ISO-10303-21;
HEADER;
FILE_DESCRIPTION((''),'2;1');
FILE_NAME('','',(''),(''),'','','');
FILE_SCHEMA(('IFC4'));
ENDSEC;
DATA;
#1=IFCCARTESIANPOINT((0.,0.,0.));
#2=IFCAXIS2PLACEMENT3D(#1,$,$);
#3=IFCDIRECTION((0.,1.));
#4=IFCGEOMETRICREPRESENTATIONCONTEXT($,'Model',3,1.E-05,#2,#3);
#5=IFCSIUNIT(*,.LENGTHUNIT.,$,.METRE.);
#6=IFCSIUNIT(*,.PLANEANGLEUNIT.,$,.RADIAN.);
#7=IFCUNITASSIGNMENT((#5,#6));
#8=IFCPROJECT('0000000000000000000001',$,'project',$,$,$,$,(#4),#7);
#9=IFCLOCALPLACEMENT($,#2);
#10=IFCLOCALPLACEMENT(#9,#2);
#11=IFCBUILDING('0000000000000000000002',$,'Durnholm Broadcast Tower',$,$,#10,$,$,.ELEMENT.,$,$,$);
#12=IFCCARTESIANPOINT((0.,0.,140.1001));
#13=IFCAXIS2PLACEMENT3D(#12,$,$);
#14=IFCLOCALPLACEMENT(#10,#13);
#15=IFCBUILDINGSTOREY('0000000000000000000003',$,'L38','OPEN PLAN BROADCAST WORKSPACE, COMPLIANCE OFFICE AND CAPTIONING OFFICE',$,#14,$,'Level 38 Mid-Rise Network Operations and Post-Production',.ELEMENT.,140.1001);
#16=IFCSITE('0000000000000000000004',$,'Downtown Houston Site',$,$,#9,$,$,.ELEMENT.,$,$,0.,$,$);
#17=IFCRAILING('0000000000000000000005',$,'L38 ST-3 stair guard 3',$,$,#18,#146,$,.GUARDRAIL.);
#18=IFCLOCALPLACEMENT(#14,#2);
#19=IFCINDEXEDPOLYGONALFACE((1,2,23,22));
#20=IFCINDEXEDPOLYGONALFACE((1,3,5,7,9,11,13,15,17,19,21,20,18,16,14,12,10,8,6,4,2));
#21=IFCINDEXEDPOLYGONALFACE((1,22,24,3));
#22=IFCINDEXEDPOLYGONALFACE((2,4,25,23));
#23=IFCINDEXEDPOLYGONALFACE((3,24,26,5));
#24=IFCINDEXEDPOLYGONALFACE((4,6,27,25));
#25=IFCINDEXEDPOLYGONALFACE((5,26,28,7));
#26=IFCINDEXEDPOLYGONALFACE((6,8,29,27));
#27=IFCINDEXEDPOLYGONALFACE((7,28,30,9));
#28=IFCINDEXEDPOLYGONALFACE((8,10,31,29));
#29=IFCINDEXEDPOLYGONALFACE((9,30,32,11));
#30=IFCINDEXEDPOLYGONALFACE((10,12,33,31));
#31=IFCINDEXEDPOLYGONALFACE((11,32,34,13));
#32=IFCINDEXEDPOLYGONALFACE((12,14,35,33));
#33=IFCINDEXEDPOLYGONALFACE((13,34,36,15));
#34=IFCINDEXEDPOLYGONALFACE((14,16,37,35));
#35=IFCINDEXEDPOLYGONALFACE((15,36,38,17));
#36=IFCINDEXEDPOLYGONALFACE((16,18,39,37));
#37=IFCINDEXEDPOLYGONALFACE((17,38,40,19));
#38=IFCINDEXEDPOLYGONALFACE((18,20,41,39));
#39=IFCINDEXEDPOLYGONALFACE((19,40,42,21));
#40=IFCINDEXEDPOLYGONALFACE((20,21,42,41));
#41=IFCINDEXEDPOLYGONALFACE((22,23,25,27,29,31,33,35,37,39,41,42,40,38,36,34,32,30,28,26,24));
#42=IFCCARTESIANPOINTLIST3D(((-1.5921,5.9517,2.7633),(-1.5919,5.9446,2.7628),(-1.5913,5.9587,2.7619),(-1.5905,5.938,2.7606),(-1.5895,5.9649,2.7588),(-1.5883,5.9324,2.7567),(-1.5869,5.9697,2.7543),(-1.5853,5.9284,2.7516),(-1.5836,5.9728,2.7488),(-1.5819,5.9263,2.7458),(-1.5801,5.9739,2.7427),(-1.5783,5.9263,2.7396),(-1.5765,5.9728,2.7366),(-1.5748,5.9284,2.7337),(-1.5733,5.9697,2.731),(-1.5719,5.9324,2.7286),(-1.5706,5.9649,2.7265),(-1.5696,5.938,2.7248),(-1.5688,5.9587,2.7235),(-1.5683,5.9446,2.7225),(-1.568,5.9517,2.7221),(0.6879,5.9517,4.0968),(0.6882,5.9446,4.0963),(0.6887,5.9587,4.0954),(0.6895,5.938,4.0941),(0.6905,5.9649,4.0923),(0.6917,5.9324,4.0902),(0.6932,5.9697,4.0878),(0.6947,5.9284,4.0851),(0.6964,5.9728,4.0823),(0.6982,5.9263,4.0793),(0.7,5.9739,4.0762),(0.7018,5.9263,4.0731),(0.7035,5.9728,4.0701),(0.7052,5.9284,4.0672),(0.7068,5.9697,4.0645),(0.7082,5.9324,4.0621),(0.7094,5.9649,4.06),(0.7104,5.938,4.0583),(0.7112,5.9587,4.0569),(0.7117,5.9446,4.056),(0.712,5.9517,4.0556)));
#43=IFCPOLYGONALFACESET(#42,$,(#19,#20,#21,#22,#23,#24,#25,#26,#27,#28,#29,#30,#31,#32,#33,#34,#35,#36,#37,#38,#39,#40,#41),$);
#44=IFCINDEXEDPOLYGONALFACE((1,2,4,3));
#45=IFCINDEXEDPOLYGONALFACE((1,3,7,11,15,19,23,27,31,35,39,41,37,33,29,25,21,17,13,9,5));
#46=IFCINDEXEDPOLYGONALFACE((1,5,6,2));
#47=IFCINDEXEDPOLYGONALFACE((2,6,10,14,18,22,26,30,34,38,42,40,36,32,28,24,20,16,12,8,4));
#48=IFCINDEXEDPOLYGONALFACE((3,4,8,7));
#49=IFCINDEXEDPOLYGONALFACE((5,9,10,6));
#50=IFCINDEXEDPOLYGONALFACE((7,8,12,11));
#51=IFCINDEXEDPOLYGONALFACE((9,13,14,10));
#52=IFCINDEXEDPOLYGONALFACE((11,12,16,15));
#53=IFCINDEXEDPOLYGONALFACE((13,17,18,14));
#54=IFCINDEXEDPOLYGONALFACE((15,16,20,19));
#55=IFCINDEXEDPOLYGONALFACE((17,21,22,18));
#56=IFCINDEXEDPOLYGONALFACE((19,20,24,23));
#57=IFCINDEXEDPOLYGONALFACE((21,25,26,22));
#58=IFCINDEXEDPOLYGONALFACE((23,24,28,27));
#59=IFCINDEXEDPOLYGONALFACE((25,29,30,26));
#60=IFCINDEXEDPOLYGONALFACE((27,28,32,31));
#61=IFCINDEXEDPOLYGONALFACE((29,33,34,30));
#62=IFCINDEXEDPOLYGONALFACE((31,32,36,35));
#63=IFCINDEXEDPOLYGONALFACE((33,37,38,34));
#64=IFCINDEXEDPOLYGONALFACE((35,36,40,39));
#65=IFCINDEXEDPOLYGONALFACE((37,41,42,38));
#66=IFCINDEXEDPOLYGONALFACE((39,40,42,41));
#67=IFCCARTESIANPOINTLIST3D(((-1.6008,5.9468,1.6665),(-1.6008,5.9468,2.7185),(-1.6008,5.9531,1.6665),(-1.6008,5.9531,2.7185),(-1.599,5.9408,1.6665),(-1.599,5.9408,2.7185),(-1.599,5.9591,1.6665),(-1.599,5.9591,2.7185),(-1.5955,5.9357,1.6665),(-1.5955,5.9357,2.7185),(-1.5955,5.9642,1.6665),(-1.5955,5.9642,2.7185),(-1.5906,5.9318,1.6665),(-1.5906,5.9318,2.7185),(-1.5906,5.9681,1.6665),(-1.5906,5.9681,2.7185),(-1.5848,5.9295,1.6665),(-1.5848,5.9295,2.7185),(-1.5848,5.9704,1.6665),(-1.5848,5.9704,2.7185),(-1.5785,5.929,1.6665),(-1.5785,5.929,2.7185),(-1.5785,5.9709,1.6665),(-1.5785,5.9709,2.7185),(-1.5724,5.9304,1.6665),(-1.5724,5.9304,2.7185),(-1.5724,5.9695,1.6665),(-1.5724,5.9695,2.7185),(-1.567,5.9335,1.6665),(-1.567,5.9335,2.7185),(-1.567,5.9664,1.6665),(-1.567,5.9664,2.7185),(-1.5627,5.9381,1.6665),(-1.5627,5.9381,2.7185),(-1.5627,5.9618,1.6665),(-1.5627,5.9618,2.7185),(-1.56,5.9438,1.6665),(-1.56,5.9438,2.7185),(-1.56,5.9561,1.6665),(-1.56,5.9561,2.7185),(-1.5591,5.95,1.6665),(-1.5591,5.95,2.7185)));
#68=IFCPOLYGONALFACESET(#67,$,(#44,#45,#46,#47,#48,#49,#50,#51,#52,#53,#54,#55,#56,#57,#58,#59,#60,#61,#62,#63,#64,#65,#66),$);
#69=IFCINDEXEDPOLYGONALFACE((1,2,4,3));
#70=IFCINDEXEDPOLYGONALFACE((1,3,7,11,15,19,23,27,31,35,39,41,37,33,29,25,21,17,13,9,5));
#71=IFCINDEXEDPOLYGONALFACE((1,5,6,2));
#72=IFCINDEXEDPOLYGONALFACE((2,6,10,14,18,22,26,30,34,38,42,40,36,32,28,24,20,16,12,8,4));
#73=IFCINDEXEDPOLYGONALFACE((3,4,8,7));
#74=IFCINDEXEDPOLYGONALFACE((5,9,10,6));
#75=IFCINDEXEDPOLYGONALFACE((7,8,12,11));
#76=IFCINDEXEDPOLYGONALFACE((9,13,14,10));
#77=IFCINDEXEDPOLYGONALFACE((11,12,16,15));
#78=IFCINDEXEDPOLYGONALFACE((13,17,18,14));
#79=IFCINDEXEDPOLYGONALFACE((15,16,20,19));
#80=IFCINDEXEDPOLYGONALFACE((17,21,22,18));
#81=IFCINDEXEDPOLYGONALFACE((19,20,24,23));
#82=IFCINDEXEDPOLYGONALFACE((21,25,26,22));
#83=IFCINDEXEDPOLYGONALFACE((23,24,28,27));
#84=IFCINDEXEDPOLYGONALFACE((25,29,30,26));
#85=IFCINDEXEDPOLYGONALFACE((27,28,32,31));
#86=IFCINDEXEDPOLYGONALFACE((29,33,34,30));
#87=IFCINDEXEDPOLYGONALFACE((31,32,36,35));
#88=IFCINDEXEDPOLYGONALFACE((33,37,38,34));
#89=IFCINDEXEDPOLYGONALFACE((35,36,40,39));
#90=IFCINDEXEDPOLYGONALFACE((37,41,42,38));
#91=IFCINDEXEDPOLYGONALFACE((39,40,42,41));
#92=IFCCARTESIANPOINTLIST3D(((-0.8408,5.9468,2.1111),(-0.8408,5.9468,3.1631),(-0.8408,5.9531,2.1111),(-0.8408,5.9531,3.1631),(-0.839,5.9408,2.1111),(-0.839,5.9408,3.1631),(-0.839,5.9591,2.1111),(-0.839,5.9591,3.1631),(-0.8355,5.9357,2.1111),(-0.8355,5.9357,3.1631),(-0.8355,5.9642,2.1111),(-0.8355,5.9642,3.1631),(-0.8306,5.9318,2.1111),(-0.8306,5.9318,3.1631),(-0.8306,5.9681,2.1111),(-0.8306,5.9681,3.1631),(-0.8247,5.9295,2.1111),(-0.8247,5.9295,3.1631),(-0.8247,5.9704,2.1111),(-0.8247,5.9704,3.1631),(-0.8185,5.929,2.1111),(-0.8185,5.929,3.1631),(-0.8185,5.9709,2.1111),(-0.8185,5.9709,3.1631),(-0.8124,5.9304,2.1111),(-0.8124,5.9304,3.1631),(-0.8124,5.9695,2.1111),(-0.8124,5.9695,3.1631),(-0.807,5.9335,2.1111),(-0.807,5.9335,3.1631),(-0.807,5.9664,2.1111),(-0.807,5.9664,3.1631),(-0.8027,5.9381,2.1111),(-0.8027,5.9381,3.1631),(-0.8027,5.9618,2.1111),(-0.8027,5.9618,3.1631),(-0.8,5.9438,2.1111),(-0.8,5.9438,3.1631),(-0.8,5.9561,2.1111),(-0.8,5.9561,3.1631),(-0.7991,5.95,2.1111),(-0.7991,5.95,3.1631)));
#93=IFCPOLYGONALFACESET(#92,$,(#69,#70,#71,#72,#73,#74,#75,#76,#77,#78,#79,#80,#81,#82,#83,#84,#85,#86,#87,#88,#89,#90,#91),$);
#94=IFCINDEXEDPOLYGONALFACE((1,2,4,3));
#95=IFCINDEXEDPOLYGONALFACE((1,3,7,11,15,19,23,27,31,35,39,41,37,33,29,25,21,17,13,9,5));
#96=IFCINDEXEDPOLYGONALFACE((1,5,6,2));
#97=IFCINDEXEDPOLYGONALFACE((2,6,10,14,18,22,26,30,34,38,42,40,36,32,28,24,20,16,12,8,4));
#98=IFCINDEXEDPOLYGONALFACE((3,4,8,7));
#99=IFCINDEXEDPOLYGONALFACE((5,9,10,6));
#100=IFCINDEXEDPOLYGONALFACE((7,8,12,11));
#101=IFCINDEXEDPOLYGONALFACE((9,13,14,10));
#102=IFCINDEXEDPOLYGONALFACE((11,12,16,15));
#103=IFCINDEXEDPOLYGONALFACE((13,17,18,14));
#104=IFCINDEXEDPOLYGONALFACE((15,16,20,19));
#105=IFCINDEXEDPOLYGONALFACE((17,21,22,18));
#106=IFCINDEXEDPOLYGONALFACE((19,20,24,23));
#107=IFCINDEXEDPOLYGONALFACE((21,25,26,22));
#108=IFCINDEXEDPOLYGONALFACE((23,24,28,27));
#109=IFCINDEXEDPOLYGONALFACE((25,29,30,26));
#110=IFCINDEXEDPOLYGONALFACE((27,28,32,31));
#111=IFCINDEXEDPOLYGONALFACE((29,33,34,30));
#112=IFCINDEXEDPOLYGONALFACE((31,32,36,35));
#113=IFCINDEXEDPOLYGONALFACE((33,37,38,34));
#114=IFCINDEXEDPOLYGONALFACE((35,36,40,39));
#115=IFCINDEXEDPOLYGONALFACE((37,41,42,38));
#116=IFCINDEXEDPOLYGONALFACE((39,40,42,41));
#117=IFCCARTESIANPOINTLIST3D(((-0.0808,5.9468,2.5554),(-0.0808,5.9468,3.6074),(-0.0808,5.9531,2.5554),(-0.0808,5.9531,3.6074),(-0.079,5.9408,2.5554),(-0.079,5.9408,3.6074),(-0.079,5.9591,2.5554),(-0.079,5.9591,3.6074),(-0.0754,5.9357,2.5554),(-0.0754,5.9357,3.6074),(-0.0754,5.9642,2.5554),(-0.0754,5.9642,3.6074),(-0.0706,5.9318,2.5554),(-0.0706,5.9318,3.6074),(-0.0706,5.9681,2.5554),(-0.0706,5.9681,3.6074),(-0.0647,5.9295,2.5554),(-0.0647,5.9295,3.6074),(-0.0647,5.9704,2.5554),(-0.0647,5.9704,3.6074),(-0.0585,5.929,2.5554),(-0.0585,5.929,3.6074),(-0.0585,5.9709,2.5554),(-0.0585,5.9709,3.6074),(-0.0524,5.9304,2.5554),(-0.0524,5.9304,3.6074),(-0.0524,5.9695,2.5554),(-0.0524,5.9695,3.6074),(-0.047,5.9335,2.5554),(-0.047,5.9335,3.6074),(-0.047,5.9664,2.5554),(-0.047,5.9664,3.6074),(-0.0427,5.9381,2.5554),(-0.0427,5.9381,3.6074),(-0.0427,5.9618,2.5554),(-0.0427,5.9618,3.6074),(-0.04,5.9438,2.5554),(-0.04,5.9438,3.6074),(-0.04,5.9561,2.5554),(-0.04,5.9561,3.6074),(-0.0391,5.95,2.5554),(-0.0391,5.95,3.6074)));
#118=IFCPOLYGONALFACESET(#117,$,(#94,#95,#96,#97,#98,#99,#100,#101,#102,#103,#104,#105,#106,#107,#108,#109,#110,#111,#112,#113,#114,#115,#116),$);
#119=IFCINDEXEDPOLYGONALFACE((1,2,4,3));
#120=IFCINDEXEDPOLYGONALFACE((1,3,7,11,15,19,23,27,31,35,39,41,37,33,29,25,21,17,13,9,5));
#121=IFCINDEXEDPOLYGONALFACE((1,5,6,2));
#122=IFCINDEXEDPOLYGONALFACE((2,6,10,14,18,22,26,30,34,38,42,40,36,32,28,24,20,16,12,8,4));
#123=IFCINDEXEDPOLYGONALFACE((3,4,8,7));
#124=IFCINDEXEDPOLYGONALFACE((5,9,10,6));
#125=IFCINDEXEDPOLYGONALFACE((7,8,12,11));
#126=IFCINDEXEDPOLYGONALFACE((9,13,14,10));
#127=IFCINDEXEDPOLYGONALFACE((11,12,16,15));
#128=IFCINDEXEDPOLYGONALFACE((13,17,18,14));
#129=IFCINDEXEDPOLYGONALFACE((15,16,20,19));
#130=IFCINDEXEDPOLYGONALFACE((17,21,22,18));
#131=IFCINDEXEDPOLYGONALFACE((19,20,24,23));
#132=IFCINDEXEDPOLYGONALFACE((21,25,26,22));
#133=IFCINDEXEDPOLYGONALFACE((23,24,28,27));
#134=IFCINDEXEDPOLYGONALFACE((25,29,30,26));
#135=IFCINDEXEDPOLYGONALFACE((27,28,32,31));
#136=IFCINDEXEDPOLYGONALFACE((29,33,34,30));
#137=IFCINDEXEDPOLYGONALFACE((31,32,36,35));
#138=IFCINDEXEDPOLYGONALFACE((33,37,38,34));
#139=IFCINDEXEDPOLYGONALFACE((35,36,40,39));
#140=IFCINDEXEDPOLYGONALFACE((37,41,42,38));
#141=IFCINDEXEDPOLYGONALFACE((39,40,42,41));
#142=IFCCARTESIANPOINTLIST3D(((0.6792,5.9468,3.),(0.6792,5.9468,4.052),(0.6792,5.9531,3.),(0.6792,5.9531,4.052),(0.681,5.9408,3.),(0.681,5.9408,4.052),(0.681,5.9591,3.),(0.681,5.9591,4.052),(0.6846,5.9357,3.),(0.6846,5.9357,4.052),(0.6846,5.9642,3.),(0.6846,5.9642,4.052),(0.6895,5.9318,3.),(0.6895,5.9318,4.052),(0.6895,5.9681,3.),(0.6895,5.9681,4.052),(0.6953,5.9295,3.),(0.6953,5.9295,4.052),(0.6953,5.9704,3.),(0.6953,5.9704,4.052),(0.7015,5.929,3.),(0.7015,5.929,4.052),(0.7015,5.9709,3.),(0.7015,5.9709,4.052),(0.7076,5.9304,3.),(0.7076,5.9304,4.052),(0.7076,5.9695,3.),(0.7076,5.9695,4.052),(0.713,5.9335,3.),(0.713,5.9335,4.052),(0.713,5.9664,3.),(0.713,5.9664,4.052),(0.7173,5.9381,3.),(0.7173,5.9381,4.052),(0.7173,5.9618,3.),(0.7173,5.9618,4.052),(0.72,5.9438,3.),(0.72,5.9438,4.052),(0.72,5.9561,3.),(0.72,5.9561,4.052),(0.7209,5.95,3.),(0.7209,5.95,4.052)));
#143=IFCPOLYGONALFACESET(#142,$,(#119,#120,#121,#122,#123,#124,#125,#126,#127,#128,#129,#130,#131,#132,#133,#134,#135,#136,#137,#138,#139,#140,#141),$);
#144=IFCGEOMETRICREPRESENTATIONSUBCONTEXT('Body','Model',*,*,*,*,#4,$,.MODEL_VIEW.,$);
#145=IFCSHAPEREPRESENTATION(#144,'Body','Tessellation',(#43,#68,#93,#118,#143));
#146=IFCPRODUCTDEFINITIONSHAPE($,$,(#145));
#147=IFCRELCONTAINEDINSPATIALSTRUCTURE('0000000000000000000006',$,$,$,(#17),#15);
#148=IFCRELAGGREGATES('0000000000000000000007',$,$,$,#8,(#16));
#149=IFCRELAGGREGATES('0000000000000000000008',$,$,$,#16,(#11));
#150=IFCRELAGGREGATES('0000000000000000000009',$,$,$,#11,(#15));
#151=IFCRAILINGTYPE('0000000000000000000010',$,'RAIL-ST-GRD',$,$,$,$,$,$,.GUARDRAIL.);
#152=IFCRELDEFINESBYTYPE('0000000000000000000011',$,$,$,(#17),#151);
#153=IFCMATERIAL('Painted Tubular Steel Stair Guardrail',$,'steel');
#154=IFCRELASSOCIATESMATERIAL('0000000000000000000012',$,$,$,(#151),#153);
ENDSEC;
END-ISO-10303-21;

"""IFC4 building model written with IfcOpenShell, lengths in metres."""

from ifc_helpers import new_model, si_unit, direction, frame, origin, origin_2d, place, context, subcontext, project, spatial, circle, extrude, material, type_object, element, save


model = new_model("IFC4")

# Units and contexts
model_context = context("Model", 3, precision=1e-05, world=origin(), true_north=direction((0.0, 1.0)))
body_context = subcontext(model_context, "Body", "Model", "MODEL_VIEW")
ifc_project = project(units=[si_unit("LENGTHUNIT", "METRE"), si_unit("PLANEANGLEUNIT", "RADIAN")], contexts=[model_context])

# Site, building, storey
site_placement = place(None, origin())
site = spatial("IfcSite", under=ifc_project, at=site_placement, Name="Downtown Houston Site", CompositionType="ELEMENT", RefElevation=0.0)
building_placement = place(site_placement, origin())
building = spatial("IfcBuilding", under=site, at=building_placement, Name="Durnholm Broadcast Tower", CompositionType="ELEMENT")
storey_placement = place(building_placement, frame((0.0, 0.0, 140.1001)))
storey = spatial("IfcBuildingStorey", under=building, at=storey_placement, Name="L38", Description="OPEN PLAN BROADCAST WORKSPACE, COMPLIANCE OFFICE AND CAPTIONING OFFICE", LongName="Level 38 Mid-Rise Network Operations and Post-Production", CompositionType="ELEMENT", Elevation=140.1001)

# Railing
ifc_material_1 = material(Name="Painted Tubular Steel Stair Guardrail", Category="steel")
railing_type_1 = type_object("IfcRailingType", Name="RAIL-ST-GRD", PredefinedType="GUARDRAIL", material=ifc_material_1)
railing_1_placement = place(storey_placement, frame((-1.5801, 5.95, 1.6665)))
element("IfcRailing", 1, at=railing_1_placement, inside=storey, type_object=railing_type_1, Name="L38 ST-3 stair guard 3", PredefinedType="GUARDRAIL", context=body_context, shape_type="SweptSolid", body=[
    extrude(circle(Radius=0.0239, at=origin_2d()), frame((0.0, 0.0, 1.0762), z_axis=(0.863205, 0.0, 0.504853), x_axis=(0.0, 1.0, 0.0)), (0.0, 0.0, 1.0), 2.6414),
    extrude(circle(Radius=0.021, at=origin_2d()), origin(), (0.0, 0.0, 1.0), 1.052),
    extrude(circle(Radius=0.021, at=origin_2d()), frame((0.76, 0.0, 0.4446)), (0.0, 0.0, 1.0), 1.052),
    extrude(circle(Radius=0.021, at=origin_2d()), frame((1.52, 0.0, 0.8889)), (0.0, 0.0, 1.0), 1.052),
    extrude(circle(Radius=0.021, at=origin_2d()), frame((2.28, 0.0, 1.3335)), (0.0, 0.0, 1.0), 1.052),
])

save(model, "model.ifc")
